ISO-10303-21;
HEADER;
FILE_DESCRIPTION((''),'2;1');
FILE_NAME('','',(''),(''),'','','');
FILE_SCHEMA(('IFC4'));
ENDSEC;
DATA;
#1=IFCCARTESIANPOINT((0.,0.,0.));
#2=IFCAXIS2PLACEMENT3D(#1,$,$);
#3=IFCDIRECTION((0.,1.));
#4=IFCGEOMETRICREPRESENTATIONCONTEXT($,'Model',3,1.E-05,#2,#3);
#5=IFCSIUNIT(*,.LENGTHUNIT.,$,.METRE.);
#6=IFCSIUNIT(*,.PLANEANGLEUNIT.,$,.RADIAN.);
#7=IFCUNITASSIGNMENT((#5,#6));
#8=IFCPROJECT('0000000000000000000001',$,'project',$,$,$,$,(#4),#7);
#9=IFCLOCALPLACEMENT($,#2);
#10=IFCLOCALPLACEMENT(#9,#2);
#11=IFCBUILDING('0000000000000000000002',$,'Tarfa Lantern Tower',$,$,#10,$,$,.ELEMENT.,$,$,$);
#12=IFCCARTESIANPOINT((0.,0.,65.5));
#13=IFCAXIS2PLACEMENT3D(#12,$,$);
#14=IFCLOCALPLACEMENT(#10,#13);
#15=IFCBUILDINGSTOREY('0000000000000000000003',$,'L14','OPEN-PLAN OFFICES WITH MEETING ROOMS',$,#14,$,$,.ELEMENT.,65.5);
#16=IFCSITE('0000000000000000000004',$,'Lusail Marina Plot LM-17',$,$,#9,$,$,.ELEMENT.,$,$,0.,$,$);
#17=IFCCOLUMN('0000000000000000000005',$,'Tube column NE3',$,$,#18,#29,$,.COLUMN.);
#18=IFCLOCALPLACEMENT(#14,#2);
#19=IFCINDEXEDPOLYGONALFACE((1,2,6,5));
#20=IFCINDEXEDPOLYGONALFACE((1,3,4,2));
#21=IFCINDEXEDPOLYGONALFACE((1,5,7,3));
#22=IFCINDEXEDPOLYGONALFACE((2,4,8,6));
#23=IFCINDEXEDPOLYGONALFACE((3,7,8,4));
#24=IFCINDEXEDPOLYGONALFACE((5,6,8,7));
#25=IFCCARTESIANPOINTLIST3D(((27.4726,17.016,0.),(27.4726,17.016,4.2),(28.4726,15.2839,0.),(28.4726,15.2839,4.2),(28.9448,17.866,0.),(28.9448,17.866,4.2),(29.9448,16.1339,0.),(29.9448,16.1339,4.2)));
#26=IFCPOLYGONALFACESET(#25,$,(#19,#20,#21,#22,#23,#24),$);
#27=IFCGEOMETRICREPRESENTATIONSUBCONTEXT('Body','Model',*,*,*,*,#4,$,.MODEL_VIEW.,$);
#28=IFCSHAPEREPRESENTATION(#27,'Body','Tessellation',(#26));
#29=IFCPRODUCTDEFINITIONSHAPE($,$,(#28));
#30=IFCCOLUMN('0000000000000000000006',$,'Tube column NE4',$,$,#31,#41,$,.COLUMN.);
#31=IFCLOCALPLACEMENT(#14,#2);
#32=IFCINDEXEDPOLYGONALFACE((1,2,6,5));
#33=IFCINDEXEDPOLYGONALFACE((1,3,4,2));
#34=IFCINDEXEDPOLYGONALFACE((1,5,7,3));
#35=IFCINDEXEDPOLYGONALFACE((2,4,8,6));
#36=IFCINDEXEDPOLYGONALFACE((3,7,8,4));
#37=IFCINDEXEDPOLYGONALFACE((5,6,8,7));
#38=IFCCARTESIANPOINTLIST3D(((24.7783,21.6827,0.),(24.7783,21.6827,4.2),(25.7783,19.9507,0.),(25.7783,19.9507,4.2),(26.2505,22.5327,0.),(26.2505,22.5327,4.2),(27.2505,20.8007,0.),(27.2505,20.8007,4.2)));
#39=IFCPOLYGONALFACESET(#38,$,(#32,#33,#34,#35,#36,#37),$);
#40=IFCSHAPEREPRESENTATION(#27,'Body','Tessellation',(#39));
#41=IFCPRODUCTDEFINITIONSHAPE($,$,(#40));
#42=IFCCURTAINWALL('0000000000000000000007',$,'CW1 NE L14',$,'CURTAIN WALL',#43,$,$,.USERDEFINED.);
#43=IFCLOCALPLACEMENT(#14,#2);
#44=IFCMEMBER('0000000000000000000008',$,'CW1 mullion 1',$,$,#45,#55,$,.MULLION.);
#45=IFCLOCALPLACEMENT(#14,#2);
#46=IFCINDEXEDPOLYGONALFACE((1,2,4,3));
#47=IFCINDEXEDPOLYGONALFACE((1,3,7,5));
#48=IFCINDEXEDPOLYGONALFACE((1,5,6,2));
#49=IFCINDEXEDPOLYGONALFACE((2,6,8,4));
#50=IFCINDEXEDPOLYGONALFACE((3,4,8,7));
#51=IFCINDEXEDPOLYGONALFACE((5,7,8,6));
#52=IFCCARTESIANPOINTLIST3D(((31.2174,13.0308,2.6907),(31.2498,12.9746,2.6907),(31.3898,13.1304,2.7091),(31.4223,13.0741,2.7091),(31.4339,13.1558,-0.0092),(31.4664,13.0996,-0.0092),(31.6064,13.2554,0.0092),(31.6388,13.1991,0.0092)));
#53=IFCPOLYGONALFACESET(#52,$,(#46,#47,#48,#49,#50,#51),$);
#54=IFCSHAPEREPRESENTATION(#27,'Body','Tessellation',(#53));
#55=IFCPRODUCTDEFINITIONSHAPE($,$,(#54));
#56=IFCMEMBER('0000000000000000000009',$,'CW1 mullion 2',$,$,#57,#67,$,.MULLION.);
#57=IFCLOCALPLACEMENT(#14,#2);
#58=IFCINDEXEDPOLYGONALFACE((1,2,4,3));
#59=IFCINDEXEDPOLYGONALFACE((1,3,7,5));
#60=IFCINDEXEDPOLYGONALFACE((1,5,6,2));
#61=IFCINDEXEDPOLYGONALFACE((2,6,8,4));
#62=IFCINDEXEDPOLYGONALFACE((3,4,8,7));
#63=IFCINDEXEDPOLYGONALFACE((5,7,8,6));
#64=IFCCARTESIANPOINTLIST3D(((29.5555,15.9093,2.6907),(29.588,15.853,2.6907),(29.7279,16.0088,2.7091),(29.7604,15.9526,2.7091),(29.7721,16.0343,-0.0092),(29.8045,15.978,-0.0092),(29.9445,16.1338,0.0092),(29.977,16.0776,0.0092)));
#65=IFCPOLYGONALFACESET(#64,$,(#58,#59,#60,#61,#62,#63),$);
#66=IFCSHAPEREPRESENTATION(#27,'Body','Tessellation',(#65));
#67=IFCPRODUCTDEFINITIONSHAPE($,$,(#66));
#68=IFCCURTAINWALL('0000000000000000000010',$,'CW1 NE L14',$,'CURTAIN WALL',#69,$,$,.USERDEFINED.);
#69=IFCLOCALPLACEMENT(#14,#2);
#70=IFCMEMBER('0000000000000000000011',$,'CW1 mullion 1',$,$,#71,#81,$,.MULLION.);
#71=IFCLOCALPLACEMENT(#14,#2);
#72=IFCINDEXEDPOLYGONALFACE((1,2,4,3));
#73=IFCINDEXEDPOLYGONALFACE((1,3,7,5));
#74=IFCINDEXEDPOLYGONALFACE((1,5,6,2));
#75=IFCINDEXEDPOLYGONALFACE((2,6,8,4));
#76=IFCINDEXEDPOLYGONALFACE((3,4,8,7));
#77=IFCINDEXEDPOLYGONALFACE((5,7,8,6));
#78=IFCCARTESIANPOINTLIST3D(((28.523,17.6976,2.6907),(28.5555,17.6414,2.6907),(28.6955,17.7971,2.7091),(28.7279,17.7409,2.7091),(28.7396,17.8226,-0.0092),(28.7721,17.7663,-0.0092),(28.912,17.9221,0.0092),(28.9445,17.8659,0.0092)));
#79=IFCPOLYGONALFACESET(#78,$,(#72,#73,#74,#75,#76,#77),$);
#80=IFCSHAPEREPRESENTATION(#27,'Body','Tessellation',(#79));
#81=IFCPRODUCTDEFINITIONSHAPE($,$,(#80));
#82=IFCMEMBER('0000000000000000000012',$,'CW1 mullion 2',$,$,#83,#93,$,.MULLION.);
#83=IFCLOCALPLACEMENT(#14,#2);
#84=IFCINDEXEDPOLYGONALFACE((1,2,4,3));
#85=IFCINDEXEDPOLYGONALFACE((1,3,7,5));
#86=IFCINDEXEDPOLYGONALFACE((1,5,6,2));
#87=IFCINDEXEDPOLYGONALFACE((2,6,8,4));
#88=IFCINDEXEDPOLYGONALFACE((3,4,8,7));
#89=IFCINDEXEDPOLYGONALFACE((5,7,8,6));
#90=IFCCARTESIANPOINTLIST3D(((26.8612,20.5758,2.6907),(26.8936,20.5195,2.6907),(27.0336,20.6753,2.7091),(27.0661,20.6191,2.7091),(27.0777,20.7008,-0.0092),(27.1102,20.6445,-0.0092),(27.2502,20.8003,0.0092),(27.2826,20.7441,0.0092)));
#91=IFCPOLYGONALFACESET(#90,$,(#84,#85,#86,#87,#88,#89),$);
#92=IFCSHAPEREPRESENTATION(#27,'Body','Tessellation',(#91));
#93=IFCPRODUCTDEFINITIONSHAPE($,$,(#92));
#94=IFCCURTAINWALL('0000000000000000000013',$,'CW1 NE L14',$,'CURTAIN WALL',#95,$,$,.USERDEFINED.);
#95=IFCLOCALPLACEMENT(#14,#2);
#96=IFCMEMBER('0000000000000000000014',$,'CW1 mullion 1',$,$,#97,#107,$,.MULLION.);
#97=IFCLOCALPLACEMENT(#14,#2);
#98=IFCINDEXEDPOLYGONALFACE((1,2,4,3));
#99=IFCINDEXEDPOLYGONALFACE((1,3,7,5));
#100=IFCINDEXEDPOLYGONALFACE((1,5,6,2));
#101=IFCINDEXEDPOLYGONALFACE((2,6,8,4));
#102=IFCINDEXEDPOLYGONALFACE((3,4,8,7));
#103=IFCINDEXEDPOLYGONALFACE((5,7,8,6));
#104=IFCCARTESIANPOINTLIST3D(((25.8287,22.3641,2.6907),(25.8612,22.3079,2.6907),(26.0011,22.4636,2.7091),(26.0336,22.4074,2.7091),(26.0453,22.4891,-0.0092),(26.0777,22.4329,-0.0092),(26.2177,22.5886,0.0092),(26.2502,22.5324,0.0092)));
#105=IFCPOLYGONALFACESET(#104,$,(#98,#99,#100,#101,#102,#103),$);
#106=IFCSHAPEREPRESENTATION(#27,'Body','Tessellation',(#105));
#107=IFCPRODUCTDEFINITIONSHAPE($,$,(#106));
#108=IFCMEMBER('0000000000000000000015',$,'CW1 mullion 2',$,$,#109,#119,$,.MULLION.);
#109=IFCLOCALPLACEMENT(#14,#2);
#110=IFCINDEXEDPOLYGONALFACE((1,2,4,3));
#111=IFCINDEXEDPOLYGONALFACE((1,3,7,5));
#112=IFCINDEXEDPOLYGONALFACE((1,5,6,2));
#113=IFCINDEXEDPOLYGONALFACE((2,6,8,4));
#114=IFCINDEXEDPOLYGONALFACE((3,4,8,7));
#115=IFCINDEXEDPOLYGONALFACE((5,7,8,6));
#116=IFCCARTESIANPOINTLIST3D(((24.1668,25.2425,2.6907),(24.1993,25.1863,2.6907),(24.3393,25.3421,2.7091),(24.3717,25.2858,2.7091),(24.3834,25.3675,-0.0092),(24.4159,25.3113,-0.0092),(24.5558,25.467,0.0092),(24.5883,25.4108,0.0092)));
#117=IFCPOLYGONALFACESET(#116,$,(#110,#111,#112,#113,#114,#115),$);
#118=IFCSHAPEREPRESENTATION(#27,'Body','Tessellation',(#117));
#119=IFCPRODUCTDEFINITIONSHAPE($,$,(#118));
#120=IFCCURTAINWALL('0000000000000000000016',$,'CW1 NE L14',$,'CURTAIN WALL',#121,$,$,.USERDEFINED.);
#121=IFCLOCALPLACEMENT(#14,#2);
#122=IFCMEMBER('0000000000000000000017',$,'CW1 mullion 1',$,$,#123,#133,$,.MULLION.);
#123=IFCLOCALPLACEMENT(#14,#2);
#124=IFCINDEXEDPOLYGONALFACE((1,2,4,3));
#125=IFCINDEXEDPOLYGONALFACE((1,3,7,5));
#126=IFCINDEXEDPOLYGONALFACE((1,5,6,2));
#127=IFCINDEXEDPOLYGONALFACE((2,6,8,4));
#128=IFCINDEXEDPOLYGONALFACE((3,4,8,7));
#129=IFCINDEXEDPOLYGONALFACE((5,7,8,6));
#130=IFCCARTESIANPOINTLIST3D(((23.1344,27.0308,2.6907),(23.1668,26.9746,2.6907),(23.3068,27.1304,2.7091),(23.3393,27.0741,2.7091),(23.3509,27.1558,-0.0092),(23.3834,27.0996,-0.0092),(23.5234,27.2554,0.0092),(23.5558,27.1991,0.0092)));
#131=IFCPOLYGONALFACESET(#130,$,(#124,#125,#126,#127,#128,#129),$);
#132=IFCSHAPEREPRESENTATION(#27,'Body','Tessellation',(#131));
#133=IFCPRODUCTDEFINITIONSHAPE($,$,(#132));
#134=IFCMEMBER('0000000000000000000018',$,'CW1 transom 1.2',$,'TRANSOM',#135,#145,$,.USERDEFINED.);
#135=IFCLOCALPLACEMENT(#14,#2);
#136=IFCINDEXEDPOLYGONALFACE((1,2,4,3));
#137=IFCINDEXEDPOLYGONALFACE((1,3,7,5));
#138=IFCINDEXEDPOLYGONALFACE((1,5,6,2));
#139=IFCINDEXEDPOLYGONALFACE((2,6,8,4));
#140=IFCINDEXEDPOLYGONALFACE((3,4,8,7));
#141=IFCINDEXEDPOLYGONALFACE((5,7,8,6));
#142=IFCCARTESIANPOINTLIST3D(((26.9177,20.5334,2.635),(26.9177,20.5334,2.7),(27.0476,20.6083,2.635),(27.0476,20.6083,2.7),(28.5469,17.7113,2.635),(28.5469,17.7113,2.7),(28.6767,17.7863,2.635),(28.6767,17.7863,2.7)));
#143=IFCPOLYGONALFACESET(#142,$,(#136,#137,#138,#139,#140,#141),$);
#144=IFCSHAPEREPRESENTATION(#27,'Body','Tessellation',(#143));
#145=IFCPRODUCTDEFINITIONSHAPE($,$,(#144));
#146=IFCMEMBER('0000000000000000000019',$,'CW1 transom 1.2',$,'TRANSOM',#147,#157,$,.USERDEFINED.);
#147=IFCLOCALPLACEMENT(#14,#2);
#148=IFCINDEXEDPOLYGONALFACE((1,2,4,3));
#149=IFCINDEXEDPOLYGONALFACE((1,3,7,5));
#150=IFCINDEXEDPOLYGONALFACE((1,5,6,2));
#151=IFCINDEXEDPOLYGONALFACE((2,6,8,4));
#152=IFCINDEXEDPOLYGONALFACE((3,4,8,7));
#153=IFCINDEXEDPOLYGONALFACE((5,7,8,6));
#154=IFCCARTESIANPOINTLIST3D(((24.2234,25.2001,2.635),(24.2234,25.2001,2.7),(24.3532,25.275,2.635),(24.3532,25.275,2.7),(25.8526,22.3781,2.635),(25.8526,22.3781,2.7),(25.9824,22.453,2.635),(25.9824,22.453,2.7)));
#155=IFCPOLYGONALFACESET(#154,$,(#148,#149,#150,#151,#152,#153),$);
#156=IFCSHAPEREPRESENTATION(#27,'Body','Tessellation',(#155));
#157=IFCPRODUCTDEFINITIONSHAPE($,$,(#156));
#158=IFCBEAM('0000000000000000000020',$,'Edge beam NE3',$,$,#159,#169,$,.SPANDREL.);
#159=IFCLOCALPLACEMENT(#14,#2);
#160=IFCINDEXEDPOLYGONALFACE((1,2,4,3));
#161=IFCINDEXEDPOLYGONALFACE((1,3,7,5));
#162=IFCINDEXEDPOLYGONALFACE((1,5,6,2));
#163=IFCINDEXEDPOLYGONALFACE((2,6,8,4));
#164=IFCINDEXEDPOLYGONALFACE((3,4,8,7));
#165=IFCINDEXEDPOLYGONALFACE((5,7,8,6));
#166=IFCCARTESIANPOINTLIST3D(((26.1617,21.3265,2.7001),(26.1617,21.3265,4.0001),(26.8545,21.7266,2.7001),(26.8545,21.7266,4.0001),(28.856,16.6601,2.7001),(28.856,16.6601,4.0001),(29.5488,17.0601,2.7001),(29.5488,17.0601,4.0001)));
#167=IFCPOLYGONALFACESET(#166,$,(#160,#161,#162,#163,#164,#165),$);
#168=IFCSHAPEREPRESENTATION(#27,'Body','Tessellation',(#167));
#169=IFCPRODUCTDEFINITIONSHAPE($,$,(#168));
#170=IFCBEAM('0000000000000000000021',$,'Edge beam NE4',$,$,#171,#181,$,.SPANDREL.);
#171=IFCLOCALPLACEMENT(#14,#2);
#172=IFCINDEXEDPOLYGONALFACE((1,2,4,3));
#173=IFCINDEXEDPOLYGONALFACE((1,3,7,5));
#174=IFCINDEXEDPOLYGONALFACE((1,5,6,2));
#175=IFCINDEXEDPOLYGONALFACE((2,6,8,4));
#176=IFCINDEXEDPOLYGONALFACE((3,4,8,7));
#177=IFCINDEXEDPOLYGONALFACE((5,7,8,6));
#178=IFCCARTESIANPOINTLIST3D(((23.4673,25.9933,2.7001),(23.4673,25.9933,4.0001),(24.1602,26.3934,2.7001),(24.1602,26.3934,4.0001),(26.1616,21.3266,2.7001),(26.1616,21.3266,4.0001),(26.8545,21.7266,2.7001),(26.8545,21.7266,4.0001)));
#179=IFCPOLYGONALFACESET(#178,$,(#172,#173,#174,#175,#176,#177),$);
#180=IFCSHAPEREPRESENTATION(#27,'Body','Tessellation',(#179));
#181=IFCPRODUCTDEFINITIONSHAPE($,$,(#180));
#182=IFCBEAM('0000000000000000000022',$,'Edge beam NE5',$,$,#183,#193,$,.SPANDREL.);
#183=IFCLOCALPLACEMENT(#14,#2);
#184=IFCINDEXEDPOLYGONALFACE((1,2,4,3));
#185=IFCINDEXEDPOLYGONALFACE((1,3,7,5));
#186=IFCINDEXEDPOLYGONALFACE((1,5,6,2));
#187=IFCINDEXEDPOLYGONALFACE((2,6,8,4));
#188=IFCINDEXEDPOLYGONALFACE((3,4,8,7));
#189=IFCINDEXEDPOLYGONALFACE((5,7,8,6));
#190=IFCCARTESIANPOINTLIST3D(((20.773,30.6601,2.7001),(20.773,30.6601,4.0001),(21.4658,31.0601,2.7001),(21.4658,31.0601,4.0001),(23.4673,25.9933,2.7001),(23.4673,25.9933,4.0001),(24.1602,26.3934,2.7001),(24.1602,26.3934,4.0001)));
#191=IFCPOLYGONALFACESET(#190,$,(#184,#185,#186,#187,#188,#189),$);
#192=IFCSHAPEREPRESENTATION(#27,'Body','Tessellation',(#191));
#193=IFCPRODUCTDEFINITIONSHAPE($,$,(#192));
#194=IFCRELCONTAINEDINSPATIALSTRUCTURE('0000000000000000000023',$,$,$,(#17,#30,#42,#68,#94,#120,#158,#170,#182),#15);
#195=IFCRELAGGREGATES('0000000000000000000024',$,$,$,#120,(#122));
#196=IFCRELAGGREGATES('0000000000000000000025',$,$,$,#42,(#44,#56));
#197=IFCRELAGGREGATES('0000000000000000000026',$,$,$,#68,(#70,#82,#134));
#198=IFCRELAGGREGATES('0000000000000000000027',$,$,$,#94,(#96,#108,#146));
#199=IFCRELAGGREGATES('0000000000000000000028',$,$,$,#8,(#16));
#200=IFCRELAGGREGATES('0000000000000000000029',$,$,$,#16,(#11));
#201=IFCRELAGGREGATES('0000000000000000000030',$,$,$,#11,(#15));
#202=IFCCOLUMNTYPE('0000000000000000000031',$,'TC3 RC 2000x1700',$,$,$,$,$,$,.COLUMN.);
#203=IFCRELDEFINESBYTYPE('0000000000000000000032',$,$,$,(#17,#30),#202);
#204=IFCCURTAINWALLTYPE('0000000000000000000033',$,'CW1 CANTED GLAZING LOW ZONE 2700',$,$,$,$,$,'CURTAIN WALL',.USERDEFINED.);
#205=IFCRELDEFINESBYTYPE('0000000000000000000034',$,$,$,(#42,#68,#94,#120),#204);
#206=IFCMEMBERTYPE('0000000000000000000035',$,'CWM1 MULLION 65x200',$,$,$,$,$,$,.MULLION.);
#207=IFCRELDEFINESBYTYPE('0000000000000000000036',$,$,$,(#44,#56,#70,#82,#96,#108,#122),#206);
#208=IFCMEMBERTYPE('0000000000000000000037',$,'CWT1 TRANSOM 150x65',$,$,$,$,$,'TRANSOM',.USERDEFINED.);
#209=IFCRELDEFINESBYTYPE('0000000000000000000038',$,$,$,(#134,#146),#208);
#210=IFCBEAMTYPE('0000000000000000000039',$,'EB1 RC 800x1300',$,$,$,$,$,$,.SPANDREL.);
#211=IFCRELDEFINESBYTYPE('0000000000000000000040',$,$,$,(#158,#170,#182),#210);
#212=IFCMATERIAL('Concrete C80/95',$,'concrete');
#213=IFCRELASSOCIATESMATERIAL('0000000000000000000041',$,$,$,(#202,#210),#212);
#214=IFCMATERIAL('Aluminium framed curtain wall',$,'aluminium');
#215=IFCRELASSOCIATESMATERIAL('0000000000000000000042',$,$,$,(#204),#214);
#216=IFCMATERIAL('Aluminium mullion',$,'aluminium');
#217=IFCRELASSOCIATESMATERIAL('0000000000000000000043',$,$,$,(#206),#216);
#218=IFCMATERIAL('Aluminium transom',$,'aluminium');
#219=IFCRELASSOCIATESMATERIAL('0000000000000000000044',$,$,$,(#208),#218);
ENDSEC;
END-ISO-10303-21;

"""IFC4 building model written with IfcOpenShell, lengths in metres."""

from ifc_helpers import new_model, si_unit, direction, frame, origin, origin_2d, place, context, subcontext, project, spatial, rectangle, extrude, material, material_profile, profile_set, type_object, element, aggregate, save


model = new_model("IFC4")

# Units and contexts
model_context = context("Model", 3, precision=1e-05, world=origin(), true_north=direction((0.0, 1.0)))
body_context = subcontext(model_context, "Body", "Model", "MODEL_VIEW")
ifc_project = project(units=[si_unit("LENGTHUNIT", "METRE"), si_unit("PLANEANGLEUNIT", "RADIAN")], contexts=[model_context])

# Site, building, storey
site_placement = place(None, origin())
site = spatial("IfcSite", under=ifc_project, at=site_placement, Name="Lusail Marina Plot LM-17", CompositionType="ELEMENT", RefElevation=0.0)
building_placement = place(site_placement, origin())
building = spatial("IfcBuilding", under=site, at=building_placement, Name="Tarfa Lantern Tower", CompositionType="ELEMENT")
storey_placement = place(building_placement, frame((0.0, 0.0, 65.5)))
storey = spatial("IfcBuildingStorey", under=building, at=storey_placement, Name="L14", Description="OPEN-PLAN OFFICES WITH MEETING ROOMS", CompositionType="ELEMENT", Elevation=65.5)

# Columns
ifc_material_1 = material(Name="Concrete C80/95", Category="concrete")
ifc_material_profile_1 = material_profile(ifc_material_1, rectangle(XDim=2.0, YDim=1.7, at=origin_2d()), Name="RC 2000x1700")
ifc_profile_set_1 = profile_set([ifc_material_profile_1], Name="Concrete C80/95")
column_type = type_object("IfcColumnType", Name="TC3 RC 2000x1700", PredefinedType="COLUMN", material=ifc_profile_set_1)
for number, where, z_axis, x_axis, name in (
    (1, (28.7087, 16.575, 0.0), (0.0, 0.0, 1.0), (-0.5, 0.866025, 0.0), "Tube column NE3"),
    (2, (26.0144, 21.2417, 0.0), (0.0, 0.0, 1.0), (-0.5, 0.866025, 0.0), "Tube column NE4"),
):
    element("IfcColumn", number, at=place(storey_placement, frame(where, z_axis=z_axis, x_axis=x_axis)), inside=storey, type_object=column_type, Name=name, PredefinedType="COLUMN", context=body_context, shape_type="SweptSolid", body=[
        extrude(rectangle(XDim=2.0, YDim=1.7, at=origin_2d()), origin(), (0.0, 0.0, 1.0), 4.2),
    ])

# Curtain walls, members
ifc_material_2 = material(Name="Aluminium framed curtain wall", Category="aluminium")
curtain_wall_type = type_object("IfcCurtainWallType", Name="CW1 CANTED GLAZING LOW ZONE 2700", ElementType="CURTAIN WALL", PredefinedType="USERDEFINED", material=ifc_material_2)
curtain_wall_1_placement = place(storey_placement, origin())
curtain_wall_1 = element("IfcCurtainWall", 3, at=curtain_wall_1_placement, inside=storey, type_object=curtain_wall_type, Name="CW1 NE L14", ObjectType="CURTAIN WALL", PredefinedType="USERDEFINED")
ifc_material_3 = material(Name="Aluminium mullion", Category="aluminium")
ifc_material_profile_2 = material_profile(ifc_material_3, rectangle(XDim=0.0649, YDim=0.2, at=origin_2d()), Name="AL MULLION 65x200")
ifc_profile_set_2 = profile_set([ifc_material_profile_2], Name="Aluminium mullion")
member_type_1 = type_object("IfcMemberType", Name="CWM1 MULLION 65x200", PredefinedType="MULLION", material=ifc_profile_set_2)
member_1_placement = place(storey_placement, frame((31.5364, 13.1775, 0.0), z_axis=(-0.079864, -0.0461, 0.995739), x_axis=(0.49992, -0.866072, 0.0)))
member_1 = element("IfcMember", 4, at=member_1_placement, type_object=member_type_1, Name="CW1 mullion 1", PredefinedType="MULLION", context=body_context, shape_type="SweptSolid", body=[
    extrude(rectangle(XDim=0.0649, YDim=0.2, at=origin_2d()), origin(), (0.0, 0.0, 1.0), 2.7114),
])
member_2_placement = place(storey_placement, frame((29.8745, 16.0559, 0.0), z_axis=(-0.079864, -0.0461, 0.995739), x_axis=(0.49992, -0.866072, 0.0)))
member_2 = element("IfcMember", 5, at=member_2_placement, type_object=member_type_1, Name="CW1 mullion 2", PredefinedType="MULLION", context=body_context, shape_type="SweptSolid", body=[
    extrude(rectangle(XDim=0.0649, YDim=0.2, at=origin_2d()), origin(), (0.0, 0.0, 1.0), 2.7114),
])
curtain_wall_2_placement = place(storey_placement, origin())
curtain_wall_2 = element("IfcCurtainWall", 6, at=curtain_wall_2_placement, inside=storey, type_object=curtain_wall_type, Name="CW1 NE L14", ObjectType="CURTAIN WALL", PredefinedType="USERDEFINED")
member_3_placement = place(storey_placement, frame((28.842, 17.8442, 0.0), z_axis=(-0.079864, -0.0461, 0.995739), x_axis=(0.49992, -0.866072, 0.0)))
member_3 = element("IfcMember", 7, at=member_3_placement, type_object=member_type_1, Name="CW1 mullion 1", PredefinedType="MULLION", context=body_context, shape_type="SweptSolid", body=[
    extrude(rectangle(XDim=0.0649, YDim=0.2, at=origin_2d()), origin(), (0.0, 0.0, 1.0), 2.7114),
])
member_4_placement = place(storey_placement, frame((27.1802, 20.7224, 0.0), z_axis=(-0.079864, -0.0461, 0.995739), x_axis=(0.49992, -0.866072, 0.0)))
member_4 = element("IfcMember", 8, at=member_4_placement, type_object=member_type_1, Name="CW1 mullion 2", PredefinedType="MULLION", context=body_context, shape_type="SweptSolid", body=[
    extrude(rectangle(XDim=0.0649, YDim=0.2, at=origin_2d()), origin(), (0.0, 0.0, 1.0), 2.7114),
])
curtain_wall_3_placement = place(storey_placement, origin())
curtain_wall_3 = element("IfcCurtainWall", 9, at=curtain_wall_3_placement, inside=storey, type_object=curtain_wall_type, Name="CW1 NE L14", ObjectType="CURTAIN WALL", PredefinedType="USERDEFINED")
member_5_placement = place(storey_placement, frame((26.1477, 22.5107, 0.0), z_axis=(-0.079864, -0.0461, 0.995739), x_axis=(0.49992, -0.866072, 0.0)))
member_5 = element("IfcMember", 10, at=member_5_placement, type_object=member_type_1, Name="CW1 mullion 1", PredefinedType="MULLION", context=body_context, shape_type="SweptSolid", body=[
    extrude(rectangle(XDim=0.0649, YDim=0.2, at=origin_2d()), origin(), (0.0, 0.0, 1.0), 2.7114),
])
member_6_placement = place(storey_placement, frame((24.4858, 25.3892, 0.0), z_axis=(-0.079864, -0.0461, 0.995739), x_axis=(0.49992, -0.866072, 0.0)))
member_6 = element("IfcMember", 11, at=member_6_placement, type_object=member_type_1, Name="CW1 mullion 2", PredefinedType="MULLION", context=body_context, shape_type="SweptSolid", body=[
    extrude(rectangle(XDim=0.0649, YDim=0.2, at=origin_2d()), origin(), (0.0, 0.0, 1.0), 2.7114),
])

# Curtain wall, member
curtain_wall_4_placement = place(storey_placement, origin())
curtain_wall_4 = element("IfcCurtainWall", 12, at=curtain_wall_4_placement, inside=storey, type_object=curtain_wall_type, Name="CW1 NE L14", ObjectType="CURTAIN WALL", PredefinedType="USERDEFINED")
member_7_placement = place(storey_placement, frame((23.4534, 27.1775, 0.0), z_axis=(-0.079864, -0.0461, 0.995739), x_axis=(0.49992, -0.866072, 0.0)))
member_7 = element("IfcMember", 13, at=member_7_placement, type_object=member_type_1, Name="CW1 mullion 1", PredefinedType="MULLION", context=body_context, shape_type="SweptSolid", body=[
    extrude(rectangle(XDim=0.0649, YDim=0.2, at=origin_2d()), origin(), (0.0, 0.0, 1.0), 2.7114),
])
aggregate(curtain_wall_4, [member_7])

# Members
ifc_material_4 = material(Name="Aluminium transom", Category="aluminium")
ifc_material_profile_3 = material_profile(ifc_material_4, rectangle(XDim=0.1499, YDim=0.0649, at=origin_2d()), Name="AL TRANSOM 150x65")
ifc_profile_set_3 = profile_set([ifc_material_profile_3], Name="Aluminium transom")
member_type_2 = type_object("IfcMemberType", Name="CWT1 TRANSOM 150x65", ElementType="TRANSOM", PredefinedType="USERDEFINED", material=ifc_profile_set_3)
member_8_placement = place(storey_placement, frame((28.6118, 17.7488, 2.6675), z_axis=(-0.499967, 0.866045, 0.0), x_axis=(-0.866045, -0.499967, 0.0)))
member_8 = element("IfcMember", 14, at=member_8_placement, type_object=member_type_2, Name="CW1 transom 1.2", ObjectType="TRANSOM", PredefinedType="USERDEFINED", context=body_context, shape_type="SweptSolid", body=[
    extrude(rectangle(XDim=0.1499, YDim=0.0649, at=origin_2d()), origin(), (0.0, 0.0, 1.0), 3.2585),
])
member_9_placement = place(storey_placement, frame((25.9175, 22.4155, 2.6675), z_axis=(-0.499967, 0.866045, 0.0), x_axis=(-0.866045, -0.499967, 0.0)))
member_9 = element("IfcMember", 15, at=member_9_placement, type_object=member_type_2, Name="CW1 transom 1.2", ObjectType="TRANSOM", PredefinedType="USERDEFINED", context=body_context, shape_type="SweptSolid", body=[
    extrude(rectangle(XDim=0.1499, YDim=0.0649, at=origin_2d()), origin(), (0.0, 0.0, 1.0), 3.2585),
])

# Beams
ifc_material_profile_4 = material_profile(ifc_material_1, rectangle(XDim=0.8, YDim=1.3, at=origin_2d()), Name="RC 800x1300")
ifc_profile_set_4 = profile_set([ifc_material_profile_4], Name="Concrete C80/95")
beam_type_1 = type_object("IfcBeamType", Name="EB1 RC 800x1300", PredefinedType="SPANDREL", material=ifc_profile_set_4)
beam_1_placement = place(storey_placement, frame((29.2024, 16.8601, 3.3501), z_axis=(-0.500018, 0.866015, 0.0), x_axis=(-0.866015, -0.500018, 0.0)))
element("IfcBeam", 16, at=beam_1_placement, inside=storey, type_object=beam_type_1, Name="Edge beam NE3", PredefinedType="SPANDREL", context=body_context, shape_type="SweptSolid", body=[
    extrude(rectangle(XDim=0.8, YDim=1.3, at=origin_2d()), origin(), (0.0, 0.0, 1.0), 5.3884),
])
for number, where, z_axis, x_axis, name in (
    (17, (26.5081, 21.5266, 3.3501), (-0.499998, 0.866026, 0.0), (-0.866026, -0.499998, 0.0), "Edge beam NE4"),
    (18, (23.8137, 26.1934, 3.3501), (-0.499998, 0.866026, 0.0), (-0.866026, -0.499998, 0.0), "Edge beam NE5"),
):
    element("IfcBeam", number, at=place(storey_placement, frame(where, z_axis=z_axis, x_axis=x_axis)), inside=storey, type_object=beam_type_1, Name=name, PredefinedType="SPANDREL", context=body_context, shape_type="SweptSolid", body=[
        extrude(rectangle(XDim=0.8, YDim=1.3, at=origin_2d()), origin(), (0.0, 0.0, 1.0), 5.3887),
    ])

aggregate(curtain_wall_1, [member_1, member_2])
aggregate(curtain_wall_2, [member_3, member_4, member_8])
aggregate(curtain_wall_3, [member_5, member_6, member_9])

save(model, "model.ifc")
